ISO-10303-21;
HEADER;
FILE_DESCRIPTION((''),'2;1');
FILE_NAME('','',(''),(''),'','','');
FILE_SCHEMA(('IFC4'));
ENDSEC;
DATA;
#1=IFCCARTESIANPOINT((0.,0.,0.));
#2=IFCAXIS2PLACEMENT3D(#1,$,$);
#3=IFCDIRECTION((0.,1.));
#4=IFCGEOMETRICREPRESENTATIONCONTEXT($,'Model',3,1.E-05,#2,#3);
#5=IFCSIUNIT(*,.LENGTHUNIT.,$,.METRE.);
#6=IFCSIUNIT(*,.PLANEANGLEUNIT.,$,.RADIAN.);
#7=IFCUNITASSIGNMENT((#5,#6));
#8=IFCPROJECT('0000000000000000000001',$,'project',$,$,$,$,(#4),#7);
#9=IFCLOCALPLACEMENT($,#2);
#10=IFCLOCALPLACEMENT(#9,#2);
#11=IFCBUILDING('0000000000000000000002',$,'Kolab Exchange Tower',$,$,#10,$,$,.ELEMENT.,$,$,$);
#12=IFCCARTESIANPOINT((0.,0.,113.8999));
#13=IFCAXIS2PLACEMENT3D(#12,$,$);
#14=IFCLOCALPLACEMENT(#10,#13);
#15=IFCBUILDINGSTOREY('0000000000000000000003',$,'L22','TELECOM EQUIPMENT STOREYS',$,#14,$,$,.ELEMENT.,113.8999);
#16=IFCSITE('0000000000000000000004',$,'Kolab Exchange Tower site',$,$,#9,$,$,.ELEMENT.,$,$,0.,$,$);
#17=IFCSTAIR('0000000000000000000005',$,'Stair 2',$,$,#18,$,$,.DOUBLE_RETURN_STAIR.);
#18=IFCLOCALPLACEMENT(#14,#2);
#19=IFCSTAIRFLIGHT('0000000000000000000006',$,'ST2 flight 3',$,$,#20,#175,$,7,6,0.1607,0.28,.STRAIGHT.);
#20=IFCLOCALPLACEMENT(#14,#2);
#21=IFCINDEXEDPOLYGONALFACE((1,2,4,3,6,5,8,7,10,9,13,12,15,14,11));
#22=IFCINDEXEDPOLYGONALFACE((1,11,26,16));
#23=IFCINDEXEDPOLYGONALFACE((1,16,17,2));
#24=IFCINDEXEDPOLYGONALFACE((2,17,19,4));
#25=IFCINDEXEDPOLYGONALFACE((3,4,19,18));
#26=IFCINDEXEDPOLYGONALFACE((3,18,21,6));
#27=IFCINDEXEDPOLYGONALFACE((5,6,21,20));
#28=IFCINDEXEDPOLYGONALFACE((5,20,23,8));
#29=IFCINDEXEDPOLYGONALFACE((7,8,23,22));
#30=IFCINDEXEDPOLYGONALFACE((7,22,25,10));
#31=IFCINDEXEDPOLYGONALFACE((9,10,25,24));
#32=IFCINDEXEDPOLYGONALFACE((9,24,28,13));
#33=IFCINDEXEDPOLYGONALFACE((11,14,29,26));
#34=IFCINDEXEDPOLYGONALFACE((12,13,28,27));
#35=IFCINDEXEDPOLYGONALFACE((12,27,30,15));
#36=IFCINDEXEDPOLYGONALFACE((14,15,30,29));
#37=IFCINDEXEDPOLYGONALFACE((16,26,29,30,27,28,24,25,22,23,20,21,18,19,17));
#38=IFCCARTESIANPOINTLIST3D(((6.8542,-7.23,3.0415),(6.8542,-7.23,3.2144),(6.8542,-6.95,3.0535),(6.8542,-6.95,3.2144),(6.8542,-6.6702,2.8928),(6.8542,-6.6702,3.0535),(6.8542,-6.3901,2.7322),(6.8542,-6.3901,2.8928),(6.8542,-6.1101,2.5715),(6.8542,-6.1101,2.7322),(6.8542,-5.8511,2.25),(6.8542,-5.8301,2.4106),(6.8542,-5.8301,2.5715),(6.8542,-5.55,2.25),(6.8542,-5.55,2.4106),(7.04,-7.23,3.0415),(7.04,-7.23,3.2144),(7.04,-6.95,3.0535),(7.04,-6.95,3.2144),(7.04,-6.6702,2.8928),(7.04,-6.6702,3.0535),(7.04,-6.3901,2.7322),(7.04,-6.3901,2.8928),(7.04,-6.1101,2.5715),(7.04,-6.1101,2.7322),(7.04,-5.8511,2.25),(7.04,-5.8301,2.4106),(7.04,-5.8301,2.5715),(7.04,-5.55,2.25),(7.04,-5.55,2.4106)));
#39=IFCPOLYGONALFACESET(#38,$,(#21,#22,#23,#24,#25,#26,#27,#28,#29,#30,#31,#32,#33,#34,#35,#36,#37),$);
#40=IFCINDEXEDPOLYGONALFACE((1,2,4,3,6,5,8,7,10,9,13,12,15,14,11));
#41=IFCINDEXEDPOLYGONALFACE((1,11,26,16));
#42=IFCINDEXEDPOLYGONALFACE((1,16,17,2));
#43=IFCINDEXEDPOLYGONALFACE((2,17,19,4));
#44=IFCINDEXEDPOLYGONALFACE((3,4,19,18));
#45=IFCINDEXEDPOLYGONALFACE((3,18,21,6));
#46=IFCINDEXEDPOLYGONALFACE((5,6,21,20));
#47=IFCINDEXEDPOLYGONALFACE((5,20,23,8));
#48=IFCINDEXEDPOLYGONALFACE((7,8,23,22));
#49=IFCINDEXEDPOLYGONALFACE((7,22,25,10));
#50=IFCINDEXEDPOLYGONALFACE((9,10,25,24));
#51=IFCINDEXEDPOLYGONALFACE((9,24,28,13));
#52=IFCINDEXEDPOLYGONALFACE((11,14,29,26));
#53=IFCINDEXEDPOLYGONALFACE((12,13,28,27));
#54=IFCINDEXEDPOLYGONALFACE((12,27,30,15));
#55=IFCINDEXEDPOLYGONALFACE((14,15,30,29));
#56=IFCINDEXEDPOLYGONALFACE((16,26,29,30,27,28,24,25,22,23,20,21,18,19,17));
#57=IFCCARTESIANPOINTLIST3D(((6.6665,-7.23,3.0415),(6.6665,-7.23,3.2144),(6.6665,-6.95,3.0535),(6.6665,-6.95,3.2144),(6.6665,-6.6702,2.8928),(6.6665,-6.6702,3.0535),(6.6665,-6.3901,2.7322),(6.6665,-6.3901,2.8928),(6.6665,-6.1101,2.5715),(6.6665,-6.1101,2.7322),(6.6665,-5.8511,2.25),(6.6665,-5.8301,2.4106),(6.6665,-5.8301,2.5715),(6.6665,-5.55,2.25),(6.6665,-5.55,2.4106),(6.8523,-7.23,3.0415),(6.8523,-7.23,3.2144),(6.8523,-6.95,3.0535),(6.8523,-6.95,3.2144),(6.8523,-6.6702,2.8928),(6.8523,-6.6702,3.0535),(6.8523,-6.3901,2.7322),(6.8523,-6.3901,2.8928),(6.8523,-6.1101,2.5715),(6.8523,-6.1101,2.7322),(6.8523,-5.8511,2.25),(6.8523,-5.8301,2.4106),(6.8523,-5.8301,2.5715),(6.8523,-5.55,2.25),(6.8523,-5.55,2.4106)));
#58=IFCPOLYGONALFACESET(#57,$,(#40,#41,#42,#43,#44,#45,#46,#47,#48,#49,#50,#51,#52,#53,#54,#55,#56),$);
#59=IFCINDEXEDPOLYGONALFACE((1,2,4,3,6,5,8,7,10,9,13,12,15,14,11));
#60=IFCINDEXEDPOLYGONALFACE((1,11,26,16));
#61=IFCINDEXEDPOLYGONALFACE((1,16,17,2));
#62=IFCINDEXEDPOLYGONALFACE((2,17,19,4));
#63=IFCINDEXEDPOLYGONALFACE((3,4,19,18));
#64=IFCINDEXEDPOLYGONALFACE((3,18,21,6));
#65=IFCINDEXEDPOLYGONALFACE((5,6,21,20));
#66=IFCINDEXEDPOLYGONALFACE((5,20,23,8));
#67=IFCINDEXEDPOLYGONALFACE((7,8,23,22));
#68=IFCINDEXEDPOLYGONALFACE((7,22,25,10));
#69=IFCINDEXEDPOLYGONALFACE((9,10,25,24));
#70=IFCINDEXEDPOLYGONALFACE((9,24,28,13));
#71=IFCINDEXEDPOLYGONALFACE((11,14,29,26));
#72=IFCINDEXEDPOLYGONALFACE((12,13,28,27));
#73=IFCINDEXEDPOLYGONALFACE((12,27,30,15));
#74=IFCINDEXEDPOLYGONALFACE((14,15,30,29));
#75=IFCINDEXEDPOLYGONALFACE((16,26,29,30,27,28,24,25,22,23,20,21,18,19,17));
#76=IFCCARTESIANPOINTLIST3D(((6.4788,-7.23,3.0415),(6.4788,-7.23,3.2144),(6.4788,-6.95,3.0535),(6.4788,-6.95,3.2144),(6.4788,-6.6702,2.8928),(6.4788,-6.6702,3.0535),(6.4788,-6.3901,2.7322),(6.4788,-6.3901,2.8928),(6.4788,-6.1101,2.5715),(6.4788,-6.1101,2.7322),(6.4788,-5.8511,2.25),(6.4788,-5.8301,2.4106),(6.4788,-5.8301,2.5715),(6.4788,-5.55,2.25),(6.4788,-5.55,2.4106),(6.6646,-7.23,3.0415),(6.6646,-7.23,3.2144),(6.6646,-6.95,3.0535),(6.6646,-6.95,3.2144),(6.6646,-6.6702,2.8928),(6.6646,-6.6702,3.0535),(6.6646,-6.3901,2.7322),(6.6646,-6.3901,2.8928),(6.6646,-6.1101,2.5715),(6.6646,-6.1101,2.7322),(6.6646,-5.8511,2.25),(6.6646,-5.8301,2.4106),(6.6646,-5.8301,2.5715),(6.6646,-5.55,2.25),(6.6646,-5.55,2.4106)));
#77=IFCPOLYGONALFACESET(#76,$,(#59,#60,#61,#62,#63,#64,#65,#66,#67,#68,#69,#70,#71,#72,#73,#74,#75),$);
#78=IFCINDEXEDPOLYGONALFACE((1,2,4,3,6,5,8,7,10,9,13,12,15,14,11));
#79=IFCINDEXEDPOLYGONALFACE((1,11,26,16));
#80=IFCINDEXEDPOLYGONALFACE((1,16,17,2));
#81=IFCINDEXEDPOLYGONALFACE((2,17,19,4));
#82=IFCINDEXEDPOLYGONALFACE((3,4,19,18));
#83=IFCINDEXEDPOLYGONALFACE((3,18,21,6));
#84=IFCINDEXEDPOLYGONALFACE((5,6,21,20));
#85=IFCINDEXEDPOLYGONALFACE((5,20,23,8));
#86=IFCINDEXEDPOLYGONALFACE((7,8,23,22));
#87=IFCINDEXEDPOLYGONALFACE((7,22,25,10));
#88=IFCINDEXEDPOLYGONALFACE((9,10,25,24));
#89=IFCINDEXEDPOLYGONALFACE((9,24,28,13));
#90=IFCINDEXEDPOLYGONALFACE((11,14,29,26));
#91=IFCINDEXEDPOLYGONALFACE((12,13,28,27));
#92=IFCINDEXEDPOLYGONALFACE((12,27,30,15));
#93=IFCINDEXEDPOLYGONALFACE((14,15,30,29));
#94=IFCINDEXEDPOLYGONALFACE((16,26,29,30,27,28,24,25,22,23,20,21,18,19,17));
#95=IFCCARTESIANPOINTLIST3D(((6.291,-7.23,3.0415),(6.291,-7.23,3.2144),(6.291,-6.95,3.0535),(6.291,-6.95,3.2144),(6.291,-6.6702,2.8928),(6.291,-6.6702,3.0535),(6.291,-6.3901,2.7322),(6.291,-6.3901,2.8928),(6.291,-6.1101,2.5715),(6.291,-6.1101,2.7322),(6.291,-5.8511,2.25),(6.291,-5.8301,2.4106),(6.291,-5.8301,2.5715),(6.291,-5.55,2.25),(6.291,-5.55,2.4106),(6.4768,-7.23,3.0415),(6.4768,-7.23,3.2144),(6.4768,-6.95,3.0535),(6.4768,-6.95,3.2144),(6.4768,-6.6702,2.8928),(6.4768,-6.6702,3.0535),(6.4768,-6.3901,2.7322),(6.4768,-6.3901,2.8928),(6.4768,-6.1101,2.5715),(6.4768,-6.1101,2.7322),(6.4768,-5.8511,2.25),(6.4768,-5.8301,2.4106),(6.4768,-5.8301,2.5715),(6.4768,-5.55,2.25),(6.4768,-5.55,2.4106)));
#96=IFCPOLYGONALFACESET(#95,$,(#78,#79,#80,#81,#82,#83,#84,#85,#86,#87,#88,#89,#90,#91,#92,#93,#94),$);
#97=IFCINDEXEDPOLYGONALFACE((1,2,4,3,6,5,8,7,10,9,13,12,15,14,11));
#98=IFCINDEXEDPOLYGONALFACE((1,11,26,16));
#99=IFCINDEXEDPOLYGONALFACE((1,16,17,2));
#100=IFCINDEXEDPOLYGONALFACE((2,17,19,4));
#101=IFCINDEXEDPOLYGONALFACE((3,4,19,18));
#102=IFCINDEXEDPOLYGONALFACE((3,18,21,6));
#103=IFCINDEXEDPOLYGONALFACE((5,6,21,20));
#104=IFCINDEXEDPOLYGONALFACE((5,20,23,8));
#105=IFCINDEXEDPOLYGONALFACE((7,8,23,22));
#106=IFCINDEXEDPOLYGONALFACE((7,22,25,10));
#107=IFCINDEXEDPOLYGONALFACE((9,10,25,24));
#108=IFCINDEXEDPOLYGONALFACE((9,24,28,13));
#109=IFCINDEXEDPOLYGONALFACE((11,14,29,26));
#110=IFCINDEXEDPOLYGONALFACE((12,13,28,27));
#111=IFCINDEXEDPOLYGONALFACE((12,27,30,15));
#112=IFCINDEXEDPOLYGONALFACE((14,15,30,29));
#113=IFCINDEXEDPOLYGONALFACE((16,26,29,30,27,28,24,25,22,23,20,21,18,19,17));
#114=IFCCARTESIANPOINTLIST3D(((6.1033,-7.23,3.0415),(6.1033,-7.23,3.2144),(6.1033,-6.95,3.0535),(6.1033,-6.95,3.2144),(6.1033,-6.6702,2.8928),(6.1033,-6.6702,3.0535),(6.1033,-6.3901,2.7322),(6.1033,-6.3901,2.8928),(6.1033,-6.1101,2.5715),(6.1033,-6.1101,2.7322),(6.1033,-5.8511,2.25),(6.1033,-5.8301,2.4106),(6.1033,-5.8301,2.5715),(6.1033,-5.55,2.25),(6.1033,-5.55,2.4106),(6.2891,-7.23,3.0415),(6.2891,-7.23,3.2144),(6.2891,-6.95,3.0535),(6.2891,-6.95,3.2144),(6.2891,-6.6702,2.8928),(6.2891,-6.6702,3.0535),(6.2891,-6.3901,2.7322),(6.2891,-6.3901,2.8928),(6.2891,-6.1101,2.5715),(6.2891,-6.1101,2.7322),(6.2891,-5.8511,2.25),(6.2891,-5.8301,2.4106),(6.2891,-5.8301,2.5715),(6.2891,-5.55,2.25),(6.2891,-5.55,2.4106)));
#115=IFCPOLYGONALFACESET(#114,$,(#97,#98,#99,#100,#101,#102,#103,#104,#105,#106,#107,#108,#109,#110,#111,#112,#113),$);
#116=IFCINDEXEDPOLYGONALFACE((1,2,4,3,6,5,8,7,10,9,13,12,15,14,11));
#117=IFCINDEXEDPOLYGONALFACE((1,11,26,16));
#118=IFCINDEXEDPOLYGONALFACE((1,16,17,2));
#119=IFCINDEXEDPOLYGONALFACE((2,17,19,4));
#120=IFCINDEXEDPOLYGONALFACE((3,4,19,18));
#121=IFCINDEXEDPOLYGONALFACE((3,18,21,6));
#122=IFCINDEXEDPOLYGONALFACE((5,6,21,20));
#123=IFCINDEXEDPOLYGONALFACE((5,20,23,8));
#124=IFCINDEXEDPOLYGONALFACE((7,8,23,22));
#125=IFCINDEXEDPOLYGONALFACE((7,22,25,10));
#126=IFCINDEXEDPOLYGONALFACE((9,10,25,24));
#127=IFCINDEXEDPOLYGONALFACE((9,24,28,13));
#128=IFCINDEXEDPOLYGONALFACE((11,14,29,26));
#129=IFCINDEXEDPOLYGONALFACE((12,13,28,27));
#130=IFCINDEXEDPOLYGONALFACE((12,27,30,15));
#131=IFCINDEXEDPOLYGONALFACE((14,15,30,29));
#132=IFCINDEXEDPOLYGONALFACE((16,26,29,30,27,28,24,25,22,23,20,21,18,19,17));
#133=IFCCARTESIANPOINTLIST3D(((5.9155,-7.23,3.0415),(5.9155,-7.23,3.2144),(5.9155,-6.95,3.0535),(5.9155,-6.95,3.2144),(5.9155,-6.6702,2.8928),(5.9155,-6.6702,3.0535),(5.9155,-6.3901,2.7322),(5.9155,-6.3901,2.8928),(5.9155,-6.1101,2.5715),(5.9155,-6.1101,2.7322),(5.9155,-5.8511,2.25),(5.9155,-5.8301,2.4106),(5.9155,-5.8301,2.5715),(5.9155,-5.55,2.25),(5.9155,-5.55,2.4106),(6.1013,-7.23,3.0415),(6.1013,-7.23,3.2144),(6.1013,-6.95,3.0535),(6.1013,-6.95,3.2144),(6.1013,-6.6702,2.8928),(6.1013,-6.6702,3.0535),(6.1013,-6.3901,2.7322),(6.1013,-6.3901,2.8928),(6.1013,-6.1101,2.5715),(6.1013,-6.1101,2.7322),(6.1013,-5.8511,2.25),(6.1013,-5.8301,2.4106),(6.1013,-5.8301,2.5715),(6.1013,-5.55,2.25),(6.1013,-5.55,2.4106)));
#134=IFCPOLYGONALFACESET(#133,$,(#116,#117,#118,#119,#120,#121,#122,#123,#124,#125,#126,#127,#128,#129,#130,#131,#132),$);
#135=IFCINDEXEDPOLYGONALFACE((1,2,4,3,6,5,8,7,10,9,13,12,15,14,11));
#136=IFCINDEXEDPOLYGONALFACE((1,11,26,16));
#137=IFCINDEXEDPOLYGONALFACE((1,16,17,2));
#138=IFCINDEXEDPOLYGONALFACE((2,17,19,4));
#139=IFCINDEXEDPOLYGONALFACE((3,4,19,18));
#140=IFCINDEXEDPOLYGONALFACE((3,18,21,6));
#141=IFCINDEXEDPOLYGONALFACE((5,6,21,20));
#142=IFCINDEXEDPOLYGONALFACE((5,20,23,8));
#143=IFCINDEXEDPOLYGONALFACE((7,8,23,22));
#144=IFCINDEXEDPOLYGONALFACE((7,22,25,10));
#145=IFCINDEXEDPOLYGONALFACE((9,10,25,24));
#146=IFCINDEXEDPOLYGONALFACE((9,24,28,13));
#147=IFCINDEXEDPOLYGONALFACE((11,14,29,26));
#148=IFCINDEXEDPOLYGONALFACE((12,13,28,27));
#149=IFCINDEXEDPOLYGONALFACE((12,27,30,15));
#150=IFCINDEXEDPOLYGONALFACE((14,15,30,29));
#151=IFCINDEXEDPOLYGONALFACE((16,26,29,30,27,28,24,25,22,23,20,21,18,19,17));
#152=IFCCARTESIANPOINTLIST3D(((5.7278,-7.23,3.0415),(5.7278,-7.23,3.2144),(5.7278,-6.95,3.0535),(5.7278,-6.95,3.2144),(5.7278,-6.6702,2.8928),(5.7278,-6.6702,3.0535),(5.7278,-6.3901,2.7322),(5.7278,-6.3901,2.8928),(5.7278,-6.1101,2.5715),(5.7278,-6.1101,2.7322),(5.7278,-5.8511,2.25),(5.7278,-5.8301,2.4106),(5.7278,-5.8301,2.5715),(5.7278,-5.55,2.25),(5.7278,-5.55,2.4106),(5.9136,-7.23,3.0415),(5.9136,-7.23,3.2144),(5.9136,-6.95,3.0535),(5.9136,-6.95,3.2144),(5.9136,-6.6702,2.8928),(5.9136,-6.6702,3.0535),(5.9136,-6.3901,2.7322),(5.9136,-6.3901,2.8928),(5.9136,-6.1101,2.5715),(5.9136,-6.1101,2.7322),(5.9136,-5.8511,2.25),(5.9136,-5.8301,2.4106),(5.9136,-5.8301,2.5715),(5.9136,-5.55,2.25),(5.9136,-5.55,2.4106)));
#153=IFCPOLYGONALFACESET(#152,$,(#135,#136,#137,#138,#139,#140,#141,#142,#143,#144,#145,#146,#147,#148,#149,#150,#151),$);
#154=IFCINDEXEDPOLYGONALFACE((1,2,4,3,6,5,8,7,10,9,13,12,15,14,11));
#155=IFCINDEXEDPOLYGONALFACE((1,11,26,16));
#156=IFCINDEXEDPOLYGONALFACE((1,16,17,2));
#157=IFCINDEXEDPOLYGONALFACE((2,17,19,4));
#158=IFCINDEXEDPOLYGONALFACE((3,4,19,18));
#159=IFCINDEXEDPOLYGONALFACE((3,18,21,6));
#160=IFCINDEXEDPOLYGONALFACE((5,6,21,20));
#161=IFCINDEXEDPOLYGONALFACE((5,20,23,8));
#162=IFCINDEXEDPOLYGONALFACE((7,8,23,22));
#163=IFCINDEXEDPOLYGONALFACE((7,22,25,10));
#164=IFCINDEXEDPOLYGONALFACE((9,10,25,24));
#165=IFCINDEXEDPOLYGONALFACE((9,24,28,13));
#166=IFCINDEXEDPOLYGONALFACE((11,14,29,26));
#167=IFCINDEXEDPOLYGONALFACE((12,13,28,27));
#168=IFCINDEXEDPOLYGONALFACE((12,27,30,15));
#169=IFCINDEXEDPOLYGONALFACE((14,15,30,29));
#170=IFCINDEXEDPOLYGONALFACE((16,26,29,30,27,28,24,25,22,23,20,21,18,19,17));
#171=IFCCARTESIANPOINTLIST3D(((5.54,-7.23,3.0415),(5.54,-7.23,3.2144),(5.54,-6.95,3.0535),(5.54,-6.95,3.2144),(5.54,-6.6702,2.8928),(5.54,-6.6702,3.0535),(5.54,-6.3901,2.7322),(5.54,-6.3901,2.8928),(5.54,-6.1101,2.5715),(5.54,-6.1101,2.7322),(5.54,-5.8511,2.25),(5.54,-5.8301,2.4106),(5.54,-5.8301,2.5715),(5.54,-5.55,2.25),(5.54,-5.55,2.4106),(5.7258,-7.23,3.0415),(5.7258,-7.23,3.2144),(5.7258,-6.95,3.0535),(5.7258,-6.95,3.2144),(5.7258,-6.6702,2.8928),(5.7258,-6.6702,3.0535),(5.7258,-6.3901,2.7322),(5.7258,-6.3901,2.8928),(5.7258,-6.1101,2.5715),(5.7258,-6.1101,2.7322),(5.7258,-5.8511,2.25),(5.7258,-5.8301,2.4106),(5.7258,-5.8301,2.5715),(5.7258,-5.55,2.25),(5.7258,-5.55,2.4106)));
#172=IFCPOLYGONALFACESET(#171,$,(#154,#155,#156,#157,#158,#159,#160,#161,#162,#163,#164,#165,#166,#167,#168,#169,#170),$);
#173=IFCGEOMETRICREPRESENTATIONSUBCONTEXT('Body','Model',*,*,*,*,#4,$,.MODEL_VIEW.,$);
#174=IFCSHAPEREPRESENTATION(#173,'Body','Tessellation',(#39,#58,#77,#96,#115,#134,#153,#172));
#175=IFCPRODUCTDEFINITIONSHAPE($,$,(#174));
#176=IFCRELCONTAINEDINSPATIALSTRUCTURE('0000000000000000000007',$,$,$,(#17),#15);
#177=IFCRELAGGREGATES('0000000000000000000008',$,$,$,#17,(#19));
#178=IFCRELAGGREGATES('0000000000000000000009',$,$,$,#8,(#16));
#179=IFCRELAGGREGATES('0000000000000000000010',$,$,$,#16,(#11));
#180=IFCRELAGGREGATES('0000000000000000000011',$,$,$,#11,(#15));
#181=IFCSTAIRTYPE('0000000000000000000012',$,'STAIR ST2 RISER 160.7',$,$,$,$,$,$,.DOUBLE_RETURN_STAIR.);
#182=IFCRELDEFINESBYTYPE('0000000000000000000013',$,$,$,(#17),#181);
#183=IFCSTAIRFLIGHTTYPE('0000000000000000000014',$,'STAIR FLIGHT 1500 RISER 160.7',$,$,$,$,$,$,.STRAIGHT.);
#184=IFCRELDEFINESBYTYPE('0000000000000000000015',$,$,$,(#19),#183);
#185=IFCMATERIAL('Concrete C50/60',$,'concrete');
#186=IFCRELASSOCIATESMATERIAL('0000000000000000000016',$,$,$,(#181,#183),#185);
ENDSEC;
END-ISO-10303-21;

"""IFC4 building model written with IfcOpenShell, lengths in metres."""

from ifc_helpers import new_model, si_unit, direction, frame, origin, place, context, subcontext, project, spatial, polyline, outline, extrude, material, type_object, element, aggregate, save


model = new_model("IFC4")

# Units and contexts
model_context = context("Model", 3, precision=1e-05, world=origin(), true_north=direction((0.0, 1.0)))
body_context = subcontext(model_context, "Body", "Model", "MODEL_VIEW")
ifc_project = project(units=[si_unit("LENGTHUNIT", "METRE"), si_unit("PLANEANGLEUNIT", "RADIAN")], contexts=[model_context])

# Site, building, storey
site_placement = place(None, origin())
site = spatial("IfcSite", under=ifc_project, at=site_placement, Name="Kolab Exchange Tower site", CompositionType="ELEMENT", RefElevation=0.0)
building_placement = place(site_placement, origin())
building = spatial("IfcBuilding", under=site, at=building_placement, Name="Kolab Exchange Tower", CompositionType="ELEMENT")
storey_placement = place(building_placement, frame((0.0, 0.0, 113.8999)))
storey = spatial("IfcBuildingStorey", under=building, at=storey_placement, Name="L22", Description="TELECOM EQUIPMENT STOREYS", CompositionType="ELEMENT", Elevation=113.8999)

# Shared definitions
ifc_material_1 = material(Name="Concrete C50/60", Category="concrete")

# Stair, stair flight
stair_type = type_object("IfcStairType", Name="STAIR ST2 RISER 160.7", PredefinedType="DOUBLE_RETURN_STAIR", material=ifc_material_1)
stair_placement = place(storey_placement, origin())
stair = element("IfcStair", 1, at=stair_placement, inside=storey, type_object=stair_type, Name="Stair 2", PredefinedType="DOUBLE_RETURN_STAIR")
stair_flight_type = type_object("IfcStairFlightType", Name="STAIR FLIGHT 1500 RISER 160.7", PredefinedType="STRAIGHT", material=ifc_material_1)
stair_flight_1_placement = place(storey_placement, frame((6.29, -5.55, 2.25), z_axis=(0.0, 0.0, 1.0), x_axis=(0.0, -1.0, 0.0)))
stair_flight_1 = element("IfcStairFlight", 2, at=stair_flight_1_placement, type_object=stair_flight_type, Name="ST2 flight 3", NumberOfRisers=7, NumberOfTreads=6, PredefinedType="STRAIGHT", RiserHeight=0.1607, TreadLength=0.28, context=body_context, shape_type="SweptSolid", body=[
    extrude(outline(polyline([(0.0, 0.0), (0.0, 0.1606), (0.28, 0.1606), (0.28, 0.3215), (0.5601, 0.3215), (0.5601, 0.4822), (0.8401, 0.4822), (0.8401, 0.6428), (1.1201, 0.6428), (1.1201, 0.8035), (1.3999, 0.8035), (1.3999, 0.9644), (1.6799, 0.9644), (1.6799, 1.125), (1.6799, 0.7915), (0.301, 0.0), (0.0, 0.0)])), frame((0.0, 0.75, 0.0), z_axis=(0.0, -1.0, 0.0), x_axis=(1.0, 0.0, 0.0)), (0.0, 0.0, 1.0), 0.1858),
    extrude(outline(polyline([(0.0, 0.0), (0.0, 0.1606), (0.28, 0.1606), (0.28, 0.3215), (0.5601, 0.3215), (0.5601, 0.4822), (0.8401, 0.4822), (0.8401, 0.6428), (1.1201, 0.6428), (1.1201, 0.8035), (1.3999, 0.8035), (1.3999, 0.9644), (1.6799, 0.9644), (1.6799, 1.125), (1.6799, 0.7915), (0.301, 0.0), (0.0, 0.0)])), frame((0.0, 0.5623, 0.0), z_axis=(0.0, -1.0, 0.0), x_axis=(1.0, 0.0, 0.0)), (0.0, 0.0, 1.0), 0.1858),
    extrude(outline(polyline([(0.0, 0.0), (0.0, 0.1606), (0.28, 0.1606), (0.28, 0.3215), (0.5601, 0.3215), (0.5601, 0.4822), (0.8401, 0.4822), (0.8401, 0.6428), (1.1201, 0.6428), (1.1201, 0.8035), (1.3999, 0.8035), (1.3999, 0.9644), (1.6799, 0.9644), (1.6799, 1.125), (1.6799, 0.7915), (0.301, 0.0), (0.0, 0.0)])), frame((0.0, 0.3745, 0.0), z_axis=(0.0, -1.0, 0.0), x_axis=(1.0, 0.0, 0.0)), (0.0, 0.0, 1.0), 0.1858),
    extrude(outline(polyline([(0.0, 0.0), (0.0, 0.1606), (0.28, 0.1606), (0.28, 0.3215), (0.5601, 0.3215), (0.5601, 0.4822), (0.8401, 0.4822), (0.8401, 0.6428), (1.1201, 0.6428), (1.1201, 0.8035), (1.3999, 0.8035), (1.3999, 0.9644), (1.6799, 0.9644), (1.6799, 1.125), (1.6799, 0.7915), (0.301, 0.0), (0.0, 0.0)])), frame((0.0, 0.1868, 0.0), z_axis=(0.0, -1.0, 0.0), x_axis=(1.0, 0.0, 0.0)), (0.0, 0.0, 1.0), 0.1858),
    extrude(outline(polyline([(0.0, 0.0), (0.0, 0.1606), (0.28, 0.1606), (0.28, 0.3215), (0.5601, 0.3215), (0.5601, 0.4822), (0.8401, 0.4822), (0.8401, 0.6428), (1.1201, 0.6428), (1.1201, 0.8035), (1.3999, 0.8035), (1.3999, 0.9644), (1.6799, 0.9644), (1.6799, 1.125), (1.6799, 0.7915), (0.301, 0.0), (0.0, 0.0)])), frame((0.0, -0.001, 0.0), z_axis=(0.0, -1.0, 0.0), x_axis=(1.0, 0.0, 0.0)), (0.0, 0.0, 1.0), 0.1858),
    extrude(outline(polyline([(0.0, 0.0), (0.0, 0.1606), (0.28, 0.1606), (0.28, 0.3215), (0.5601, 0.3215), (0.5601, 0.4822), (0.8401, 0.4822), (0.8401, 0.6428), (1.1201, 0.6428), (1.1201, 0.8035), (1.3999, 0.8035), (1.3999, 0.9644), (1.6799, 0.9644), (1.6799, 1.125), (1.6799, 0.7915), (0.301, 0.0), (0.0, 0.0)])), frame((0.0, -0.1887, 0.0), z_axis=(0.0, -1.0, 0.0), x_axis=(1.0, 0.0, 0.0)), (0.0, 0.0, 1.0), 0.1858),
    extrude(outline(polyline([(0.0, 0.0), (0.0, 0.1606), (0.28, 0.1606), (0.28, 0.3215), (0.5601, 0.3215), (0.5601, 0.4822), (0.8401, 0.4822), (0.8401, 0.6428), (1.1201, 0.6428), (1.1201, 0.8035), (1.3999, 0.8035), (1.3999, 0.9644), (1.6799, 0.9644), (1.6799, 1.125), (1.6799, 0.7915), (0.301, 0.0), (0.0, 0.0)])), frame((0.0, -0.3765, 0.0), z_axis=(0.0, -1.0, 0.0), x_axis=(1.0, 0.0, 0.0)), (0.0, 0.0, 1.0), 0.1858),
    extrude(outline(polyline([(0.0, 0.0), (0.0, 0.1606), (0.28, 0.1606), (0.28, 0.3215), (0.5601, 0.3215), (0.5601, 0.4822), (0.8401, 0.4822), (0.8401, 0.6428), (1.1201, 0.6428), (1.1201, 0.8035), (1.3999, 0.8035), (1.3999, 0.9644), (1.6799, 0.9644), (1.6799, 1.125), (1.6799, 0.7915), (0.301, 0.0), (0.0, 0.0)])), frame((0.0, -0.5642, 0.0), z_axis=(0.0, -1.0, 0.0), x_axis=(1.0, 0.0, 0.0)), (0.0, 0.0, 1.0), 0.1858),
])
aggregate(stair, [stair_flight_1])

save(model, "model.ifc")
